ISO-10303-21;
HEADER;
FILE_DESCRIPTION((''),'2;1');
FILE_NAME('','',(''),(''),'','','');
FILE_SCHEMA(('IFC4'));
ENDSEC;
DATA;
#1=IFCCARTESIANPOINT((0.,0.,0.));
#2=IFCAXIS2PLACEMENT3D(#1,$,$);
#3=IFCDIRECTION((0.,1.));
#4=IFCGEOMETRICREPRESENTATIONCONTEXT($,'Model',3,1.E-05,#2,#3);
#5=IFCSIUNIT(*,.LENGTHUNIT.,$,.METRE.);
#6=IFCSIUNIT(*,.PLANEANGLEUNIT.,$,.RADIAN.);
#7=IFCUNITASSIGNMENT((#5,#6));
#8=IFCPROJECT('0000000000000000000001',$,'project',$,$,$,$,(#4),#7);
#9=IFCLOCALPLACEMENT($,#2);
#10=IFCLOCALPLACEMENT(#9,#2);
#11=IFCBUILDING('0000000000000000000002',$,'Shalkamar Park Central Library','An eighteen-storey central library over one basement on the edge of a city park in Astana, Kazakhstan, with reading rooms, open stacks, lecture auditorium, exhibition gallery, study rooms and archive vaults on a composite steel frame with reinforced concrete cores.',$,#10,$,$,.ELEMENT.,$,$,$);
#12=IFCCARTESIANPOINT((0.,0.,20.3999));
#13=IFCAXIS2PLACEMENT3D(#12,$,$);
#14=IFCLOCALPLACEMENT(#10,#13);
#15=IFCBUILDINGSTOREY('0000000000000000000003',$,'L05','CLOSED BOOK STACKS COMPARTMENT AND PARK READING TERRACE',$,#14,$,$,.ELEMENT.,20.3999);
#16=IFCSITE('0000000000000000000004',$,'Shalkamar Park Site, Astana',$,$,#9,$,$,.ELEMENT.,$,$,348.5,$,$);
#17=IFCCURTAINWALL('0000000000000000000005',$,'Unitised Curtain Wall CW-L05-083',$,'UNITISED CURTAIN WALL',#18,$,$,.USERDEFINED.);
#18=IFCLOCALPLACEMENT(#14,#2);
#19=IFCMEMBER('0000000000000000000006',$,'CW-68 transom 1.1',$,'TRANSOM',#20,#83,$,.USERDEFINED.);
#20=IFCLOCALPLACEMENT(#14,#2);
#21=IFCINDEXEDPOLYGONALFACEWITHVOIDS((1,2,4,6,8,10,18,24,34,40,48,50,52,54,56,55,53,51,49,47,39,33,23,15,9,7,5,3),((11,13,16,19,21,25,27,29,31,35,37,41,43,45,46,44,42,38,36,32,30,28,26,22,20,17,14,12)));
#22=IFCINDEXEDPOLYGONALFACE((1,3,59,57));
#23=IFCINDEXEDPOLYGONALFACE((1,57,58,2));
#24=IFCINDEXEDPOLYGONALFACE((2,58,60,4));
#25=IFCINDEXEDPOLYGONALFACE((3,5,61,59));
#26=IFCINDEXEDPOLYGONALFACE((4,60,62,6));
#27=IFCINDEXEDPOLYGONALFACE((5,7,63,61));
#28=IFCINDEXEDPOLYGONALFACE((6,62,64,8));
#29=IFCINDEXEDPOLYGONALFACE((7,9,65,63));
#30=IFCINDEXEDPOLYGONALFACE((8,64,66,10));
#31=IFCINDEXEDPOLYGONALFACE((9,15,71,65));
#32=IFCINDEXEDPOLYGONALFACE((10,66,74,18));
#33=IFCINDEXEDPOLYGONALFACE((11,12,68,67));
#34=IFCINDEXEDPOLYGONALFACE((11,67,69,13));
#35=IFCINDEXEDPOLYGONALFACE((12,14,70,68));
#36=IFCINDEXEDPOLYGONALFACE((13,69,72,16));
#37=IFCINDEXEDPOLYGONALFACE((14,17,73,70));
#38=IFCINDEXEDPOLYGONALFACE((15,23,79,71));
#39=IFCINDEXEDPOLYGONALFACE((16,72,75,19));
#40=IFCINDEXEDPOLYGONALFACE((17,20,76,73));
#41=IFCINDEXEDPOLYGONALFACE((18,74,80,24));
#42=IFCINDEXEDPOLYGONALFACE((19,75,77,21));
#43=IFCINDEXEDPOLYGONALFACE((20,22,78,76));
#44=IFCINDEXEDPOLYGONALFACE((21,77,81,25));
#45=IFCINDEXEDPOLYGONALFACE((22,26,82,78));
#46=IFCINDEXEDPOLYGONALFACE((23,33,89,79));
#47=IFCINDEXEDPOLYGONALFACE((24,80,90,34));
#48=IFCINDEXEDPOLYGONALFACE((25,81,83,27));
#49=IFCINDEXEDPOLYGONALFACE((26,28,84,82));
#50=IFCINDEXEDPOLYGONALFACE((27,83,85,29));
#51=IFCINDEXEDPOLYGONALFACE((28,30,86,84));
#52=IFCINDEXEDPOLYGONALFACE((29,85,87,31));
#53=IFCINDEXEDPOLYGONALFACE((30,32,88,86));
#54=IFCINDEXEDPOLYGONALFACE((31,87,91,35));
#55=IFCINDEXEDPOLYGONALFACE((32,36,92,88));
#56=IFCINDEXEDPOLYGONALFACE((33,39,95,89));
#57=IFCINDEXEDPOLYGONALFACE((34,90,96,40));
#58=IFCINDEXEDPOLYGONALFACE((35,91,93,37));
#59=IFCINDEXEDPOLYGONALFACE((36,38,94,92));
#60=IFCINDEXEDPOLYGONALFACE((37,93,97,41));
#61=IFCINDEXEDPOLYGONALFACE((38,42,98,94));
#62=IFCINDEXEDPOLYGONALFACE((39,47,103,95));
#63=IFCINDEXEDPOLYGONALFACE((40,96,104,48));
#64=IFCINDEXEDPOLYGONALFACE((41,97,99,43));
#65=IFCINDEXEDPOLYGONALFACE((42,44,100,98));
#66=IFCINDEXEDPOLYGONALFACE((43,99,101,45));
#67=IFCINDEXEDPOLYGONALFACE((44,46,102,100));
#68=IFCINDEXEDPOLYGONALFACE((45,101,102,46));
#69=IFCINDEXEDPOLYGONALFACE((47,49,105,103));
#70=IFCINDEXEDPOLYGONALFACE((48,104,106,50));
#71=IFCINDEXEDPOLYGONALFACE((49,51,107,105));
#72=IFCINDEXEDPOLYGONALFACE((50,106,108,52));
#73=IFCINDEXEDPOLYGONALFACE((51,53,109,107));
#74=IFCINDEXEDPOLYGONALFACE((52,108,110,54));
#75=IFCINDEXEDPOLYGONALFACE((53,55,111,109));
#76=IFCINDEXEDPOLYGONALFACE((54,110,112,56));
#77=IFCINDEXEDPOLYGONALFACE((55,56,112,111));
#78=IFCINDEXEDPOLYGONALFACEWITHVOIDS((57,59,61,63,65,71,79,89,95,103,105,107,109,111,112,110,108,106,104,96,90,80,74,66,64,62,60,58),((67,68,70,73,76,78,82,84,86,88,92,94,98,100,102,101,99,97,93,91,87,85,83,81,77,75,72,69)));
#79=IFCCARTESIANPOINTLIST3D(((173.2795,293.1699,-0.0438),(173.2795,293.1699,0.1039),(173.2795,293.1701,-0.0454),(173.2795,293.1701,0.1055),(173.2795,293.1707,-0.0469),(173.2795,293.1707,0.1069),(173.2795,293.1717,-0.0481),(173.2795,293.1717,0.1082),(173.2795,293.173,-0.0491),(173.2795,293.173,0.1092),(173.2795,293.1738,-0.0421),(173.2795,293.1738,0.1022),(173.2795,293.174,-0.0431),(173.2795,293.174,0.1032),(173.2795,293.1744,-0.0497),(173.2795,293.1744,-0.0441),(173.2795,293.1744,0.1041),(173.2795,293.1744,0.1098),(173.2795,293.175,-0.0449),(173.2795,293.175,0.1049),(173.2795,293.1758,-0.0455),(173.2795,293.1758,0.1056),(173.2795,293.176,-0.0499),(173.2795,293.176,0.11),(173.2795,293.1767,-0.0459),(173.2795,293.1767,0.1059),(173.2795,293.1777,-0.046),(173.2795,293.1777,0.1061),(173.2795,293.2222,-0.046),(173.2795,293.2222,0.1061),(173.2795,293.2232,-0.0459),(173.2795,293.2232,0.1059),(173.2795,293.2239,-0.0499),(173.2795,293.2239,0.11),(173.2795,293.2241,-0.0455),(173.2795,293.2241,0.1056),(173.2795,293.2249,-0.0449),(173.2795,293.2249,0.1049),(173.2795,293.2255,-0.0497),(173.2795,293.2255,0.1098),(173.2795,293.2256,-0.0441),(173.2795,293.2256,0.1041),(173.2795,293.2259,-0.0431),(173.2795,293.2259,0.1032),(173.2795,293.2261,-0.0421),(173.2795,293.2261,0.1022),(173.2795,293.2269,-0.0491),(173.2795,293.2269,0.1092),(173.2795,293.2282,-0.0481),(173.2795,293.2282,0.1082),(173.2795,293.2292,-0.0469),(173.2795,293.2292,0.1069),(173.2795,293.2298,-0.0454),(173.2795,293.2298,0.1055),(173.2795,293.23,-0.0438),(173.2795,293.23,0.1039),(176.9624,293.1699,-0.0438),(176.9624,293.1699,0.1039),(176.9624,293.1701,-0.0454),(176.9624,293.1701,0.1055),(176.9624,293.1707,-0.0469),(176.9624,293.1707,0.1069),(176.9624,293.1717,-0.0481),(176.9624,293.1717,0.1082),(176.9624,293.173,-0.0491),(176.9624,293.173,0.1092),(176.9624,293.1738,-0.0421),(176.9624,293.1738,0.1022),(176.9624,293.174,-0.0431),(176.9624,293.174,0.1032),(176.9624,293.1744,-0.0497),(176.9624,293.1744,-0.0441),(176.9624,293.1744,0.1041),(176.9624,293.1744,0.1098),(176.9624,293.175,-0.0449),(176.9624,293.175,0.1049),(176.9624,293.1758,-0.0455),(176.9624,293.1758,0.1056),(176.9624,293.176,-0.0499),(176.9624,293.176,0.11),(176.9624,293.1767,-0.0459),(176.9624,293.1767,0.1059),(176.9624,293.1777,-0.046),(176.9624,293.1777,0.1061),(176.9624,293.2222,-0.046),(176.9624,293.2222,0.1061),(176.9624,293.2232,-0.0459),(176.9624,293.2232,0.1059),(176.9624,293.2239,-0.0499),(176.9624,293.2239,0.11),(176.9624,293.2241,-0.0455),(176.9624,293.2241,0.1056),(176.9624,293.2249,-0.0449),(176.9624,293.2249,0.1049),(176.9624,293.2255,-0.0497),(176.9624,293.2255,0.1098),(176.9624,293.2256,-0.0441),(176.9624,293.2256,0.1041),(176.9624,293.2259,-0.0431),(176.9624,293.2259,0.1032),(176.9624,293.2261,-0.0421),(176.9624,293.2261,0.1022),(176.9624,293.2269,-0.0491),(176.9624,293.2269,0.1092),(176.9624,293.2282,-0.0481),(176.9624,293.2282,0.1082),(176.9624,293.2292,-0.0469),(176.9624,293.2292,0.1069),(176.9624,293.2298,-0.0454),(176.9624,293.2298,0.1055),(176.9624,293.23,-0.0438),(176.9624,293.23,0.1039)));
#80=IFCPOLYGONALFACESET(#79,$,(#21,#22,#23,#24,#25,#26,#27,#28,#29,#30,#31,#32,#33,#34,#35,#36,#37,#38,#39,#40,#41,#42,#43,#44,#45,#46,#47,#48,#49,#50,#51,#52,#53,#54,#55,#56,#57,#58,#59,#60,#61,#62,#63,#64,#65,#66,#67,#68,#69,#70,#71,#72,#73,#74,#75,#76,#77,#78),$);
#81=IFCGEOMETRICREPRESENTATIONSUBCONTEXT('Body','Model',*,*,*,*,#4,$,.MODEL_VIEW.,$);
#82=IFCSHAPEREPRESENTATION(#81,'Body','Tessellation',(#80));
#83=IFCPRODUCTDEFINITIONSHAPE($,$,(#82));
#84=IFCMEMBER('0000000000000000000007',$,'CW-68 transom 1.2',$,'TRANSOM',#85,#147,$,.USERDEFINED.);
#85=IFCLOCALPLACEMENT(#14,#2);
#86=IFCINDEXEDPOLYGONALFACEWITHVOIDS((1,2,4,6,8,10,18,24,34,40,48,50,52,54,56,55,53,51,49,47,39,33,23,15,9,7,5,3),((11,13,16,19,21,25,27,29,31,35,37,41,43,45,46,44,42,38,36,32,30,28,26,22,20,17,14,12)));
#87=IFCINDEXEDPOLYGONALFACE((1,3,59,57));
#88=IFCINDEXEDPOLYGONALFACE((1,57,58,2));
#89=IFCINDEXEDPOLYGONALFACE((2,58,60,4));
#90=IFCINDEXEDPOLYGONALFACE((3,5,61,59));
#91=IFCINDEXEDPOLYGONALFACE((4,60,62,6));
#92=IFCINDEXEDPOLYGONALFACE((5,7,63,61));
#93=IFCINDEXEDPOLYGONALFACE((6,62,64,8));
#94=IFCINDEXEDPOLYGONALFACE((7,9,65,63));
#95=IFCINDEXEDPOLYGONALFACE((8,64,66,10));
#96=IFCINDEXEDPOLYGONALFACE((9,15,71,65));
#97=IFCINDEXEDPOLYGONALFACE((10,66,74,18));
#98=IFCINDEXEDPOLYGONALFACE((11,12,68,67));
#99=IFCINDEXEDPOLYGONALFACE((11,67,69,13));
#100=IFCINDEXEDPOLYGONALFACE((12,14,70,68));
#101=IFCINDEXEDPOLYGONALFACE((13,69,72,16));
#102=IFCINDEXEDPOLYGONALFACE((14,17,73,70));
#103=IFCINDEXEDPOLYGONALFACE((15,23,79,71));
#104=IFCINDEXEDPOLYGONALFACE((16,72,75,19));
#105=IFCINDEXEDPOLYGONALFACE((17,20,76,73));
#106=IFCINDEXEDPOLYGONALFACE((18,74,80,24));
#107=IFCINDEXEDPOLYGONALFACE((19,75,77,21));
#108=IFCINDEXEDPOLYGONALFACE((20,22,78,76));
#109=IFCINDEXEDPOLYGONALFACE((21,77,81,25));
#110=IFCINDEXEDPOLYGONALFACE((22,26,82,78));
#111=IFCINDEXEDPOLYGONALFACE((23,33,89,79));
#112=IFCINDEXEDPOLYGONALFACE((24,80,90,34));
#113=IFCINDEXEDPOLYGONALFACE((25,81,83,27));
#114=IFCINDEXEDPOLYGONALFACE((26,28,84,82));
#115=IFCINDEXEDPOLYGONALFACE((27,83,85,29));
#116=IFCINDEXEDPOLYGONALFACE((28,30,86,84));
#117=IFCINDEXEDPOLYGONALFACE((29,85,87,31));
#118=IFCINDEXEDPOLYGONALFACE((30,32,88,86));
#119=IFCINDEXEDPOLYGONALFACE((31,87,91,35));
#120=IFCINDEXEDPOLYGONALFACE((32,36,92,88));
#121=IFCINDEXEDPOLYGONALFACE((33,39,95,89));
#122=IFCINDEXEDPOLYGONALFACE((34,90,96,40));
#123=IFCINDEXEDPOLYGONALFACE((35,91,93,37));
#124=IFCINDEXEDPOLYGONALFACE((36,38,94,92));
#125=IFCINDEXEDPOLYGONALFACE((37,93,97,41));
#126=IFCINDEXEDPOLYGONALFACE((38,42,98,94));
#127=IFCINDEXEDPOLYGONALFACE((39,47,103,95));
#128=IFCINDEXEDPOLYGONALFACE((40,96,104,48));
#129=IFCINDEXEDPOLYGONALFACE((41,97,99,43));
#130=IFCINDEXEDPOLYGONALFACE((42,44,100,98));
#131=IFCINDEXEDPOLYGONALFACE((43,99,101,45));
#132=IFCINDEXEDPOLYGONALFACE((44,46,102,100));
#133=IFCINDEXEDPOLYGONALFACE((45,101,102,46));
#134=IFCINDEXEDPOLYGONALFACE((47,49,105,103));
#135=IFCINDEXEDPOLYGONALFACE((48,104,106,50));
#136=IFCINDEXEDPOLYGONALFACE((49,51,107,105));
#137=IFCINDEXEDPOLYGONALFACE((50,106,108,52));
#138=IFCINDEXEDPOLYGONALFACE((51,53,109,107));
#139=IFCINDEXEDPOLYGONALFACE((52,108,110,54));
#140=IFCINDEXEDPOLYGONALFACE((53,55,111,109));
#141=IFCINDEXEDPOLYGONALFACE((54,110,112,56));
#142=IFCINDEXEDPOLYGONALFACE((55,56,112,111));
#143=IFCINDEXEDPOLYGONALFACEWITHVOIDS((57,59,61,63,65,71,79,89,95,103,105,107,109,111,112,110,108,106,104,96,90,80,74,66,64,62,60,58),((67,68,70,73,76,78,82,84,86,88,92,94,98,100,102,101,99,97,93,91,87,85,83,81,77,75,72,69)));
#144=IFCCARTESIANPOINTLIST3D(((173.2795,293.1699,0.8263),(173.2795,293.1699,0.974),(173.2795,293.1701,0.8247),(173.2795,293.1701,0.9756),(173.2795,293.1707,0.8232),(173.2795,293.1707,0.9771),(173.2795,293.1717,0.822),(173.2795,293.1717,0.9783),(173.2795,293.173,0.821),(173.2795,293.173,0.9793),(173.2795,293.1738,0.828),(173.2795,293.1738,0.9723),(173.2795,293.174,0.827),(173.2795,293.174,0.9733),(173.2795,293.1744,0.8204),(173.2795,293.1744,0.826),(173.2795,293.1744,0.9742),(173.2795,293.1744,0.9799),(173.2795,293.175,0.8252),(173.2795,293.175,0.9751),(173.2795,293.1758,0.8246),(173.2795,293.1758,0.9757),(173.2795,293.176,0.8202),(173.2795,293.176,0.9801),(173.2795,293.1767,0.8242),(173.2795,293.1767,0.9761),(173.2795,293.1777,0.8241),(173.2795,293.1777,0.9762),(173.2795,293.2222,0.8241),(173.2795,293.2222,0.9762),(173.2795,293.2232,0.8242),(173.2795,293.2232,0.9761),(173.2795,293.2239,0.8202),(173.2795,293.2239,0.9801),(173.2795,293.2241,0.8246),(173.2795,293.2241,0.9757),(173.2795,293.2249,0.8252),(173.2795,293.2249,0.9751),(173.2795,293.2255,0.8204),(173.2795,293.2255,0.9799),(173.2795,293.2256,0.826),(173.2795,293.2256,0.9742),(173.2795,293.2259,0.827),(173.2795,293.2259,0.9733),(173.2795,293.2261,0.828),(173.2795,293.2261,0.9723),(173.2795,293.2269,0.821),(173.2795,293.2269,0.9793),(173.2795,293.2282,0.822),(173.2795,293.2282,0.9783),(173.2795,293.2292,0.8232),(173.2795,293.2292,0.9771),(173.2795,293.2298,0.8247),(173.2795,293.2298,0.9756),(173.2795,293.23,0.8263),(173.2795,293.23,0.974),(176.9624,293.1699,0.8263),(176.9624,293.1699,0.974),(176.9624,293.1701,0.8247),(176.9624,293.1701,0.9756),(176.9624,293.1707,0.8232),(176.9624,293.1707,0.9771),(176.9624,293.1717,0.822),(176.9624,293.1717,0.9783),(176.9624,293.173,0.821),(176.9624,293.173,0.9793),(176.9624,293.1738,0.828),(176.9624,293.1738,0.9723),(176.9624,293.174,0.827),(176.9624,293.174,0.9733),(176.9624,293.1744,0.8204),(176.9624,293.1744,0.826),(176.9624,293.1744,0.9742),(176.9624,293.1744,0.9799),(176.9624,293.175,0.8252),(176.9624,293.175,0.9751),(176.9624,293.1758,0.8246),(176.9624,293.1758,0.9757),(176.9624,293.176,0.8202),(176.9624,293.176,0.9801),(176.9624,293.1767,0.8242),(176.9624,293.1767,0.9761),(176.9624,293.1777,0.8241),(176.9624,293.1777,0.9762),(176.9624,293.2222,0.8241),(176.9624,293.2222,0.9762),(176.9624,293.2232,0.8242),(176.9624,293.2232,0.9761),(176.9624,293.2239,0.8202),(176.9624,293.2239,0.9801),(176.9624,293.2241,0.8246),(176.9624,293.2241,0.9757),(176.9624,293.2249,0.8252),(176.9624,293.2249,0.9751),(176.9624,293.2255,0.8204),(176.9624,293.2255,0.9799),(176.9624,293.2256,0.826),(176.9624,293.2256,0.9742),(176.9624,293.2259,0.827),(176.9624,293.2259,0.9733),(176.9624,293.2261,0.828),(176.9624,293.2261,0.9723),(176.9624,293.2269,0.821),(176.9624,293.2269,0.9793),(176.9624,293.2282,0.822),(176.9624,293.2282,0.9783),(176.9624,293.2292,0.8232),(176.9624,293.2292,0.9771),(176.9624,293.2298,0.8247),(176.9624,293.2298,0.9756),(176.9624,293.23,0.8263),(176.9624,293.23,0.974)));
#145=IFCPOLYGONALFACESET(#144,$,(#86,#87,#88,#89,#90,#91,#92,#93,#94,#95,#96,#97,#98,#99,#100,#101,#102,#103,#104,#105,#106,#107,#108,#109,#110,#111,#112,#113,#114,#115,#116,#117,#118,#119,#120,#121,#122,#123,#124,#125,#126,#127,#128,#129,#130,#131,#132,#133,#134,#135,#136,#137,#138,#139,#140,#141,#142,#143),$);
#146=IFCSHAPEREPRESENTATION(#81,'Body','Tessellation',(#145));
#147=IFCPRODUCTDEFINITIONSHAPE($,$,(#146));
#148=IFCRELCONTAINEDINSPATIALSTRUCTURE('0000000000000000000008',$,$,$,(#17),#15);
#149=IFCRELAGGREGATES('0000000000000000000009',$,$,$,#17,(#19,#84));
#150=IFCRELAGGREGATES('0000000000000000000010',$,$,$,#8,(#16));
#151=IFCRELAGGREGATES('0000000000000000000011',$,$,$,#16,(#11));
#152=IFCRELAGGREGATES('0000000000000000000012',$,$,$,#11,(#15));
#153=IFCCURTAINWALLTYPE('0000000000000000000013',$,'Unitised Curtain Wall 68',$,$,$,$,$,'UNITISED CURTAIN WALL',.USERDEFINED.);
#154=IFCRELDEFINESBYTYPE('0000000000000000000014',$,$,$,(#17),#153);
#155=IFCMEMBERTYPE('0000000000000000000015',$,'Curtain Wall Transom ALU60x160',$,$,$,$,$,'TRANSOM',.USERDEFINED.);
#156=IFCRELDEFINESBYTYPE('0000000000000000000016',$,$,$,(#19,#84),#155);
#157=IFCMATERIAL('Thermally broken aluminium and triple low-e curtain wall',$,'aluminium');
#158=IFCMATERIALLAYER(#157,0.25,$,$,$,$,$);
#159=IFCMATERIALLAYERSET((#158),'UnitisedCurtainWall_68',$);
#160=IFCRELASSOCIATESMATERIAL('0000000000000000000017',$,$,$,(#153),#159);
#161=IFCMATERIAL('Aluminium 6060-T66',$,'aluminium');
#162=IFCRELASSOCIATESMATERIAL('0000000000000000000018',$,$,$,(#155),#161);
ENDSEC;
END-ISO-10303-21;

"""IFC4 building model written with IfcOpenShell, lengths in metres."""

from ifc_helpers import new_model, si_unit, direction, frame, origin, origin_2d, place, context, subcontext, project, spatial, hollow_rectangle, extrude, material, layer, layer_set, material_profile, profile_set, type_object, element, aggregate, save


model = new_model("IFC4")

# Units and contexts
model_context = context("Model", 3, precision=1e-05, world=origin(), true_north=direction((0.0, 1.0)))
body_context = subcontext(model_context, "Body", "Model", "MODEL_VIEW")
ifc_project = project(units=[si_unit("LENGTHUNIT", "METRE"), si_unit("PLANEANGLEUNIT", "RADIAN")], contexts=[model_context])

# Site, building, storey
site_placement = place(None, origin())
site = spatial("IfcSite", under=ifc_project, at=site_placement, Name="Shalkamar Park Site, Astana", CompositionType="ELEMENT", RefElevation=348.5)
building_placement = place(site_placement, origin())
building = spatial("IfcBuilding", under=site, at=building_placement, Name="Shalkamar Park Central Library", Description="An eighteen-storey central library over one basement on the edge of a city park in Astana, Kazakhstan, with reading rooms, open stacks, lecture auditorium, exhibition gallery, study rooms and archive vaults on a composite steel frame with reinforced concrete cores.", CompositionType="ELEMENT")
storey_placement = place(building_placement, frame((0.0, 0.0, 20.3999)))
storey = spatial("IfcBuildingStorey", under=building, at=storey_placement, Name="L05", Description="CLOSED BOOK STACKS COMPARTMENT AND PARK READING TERRACE", CompositionType="ELEMENT", Elevation=20.3999)

# Curtain wall
ifc_material_1 = material(Name="Thermally broken aluminium and triple low-e curtain wall", Category="aluminium")
ifc_layer_1 = layer(ifc_material_1, 0.25)
ifc_layer_set_1 = layer_set([ifc_layer_1], Name="UnitisedCurtainWall_68")
curtain_wall_type_1 = type_object("IfcCurtainWallType", Name="Unitised Curtain Wall 68", ElementType="UNITISED CURTAIN WALL", PredefinedType="USERDEFINED", material=ifc_layer_set_1)
curtain_wall_1_placement = place(storey_placement, origin())
curtain_wall_1 = element("IfcCurtainWall", 1, at=curtain_wall_1_placement, inside=storey, type_object=curtain_wall_type_1, Name="Unitised Curtain Wall CW-L05-083", ObjectType="UNITISED CURTAIN WALL", PredefinedType="USERDEFINED")
ifc_material_2 = material(Name="Aluminium 6060-T66", Category="aluminium")

# Members
ifc_material_profile_1 = material_profile(ifc_material_2, hollow_rectangle(XDim=0.0601, YDim=0.1599, WallThickness=0.0039, InnerFilletRadius=0.0039, OuterFilletRadius=0.0061, at=origin_2d()), Name="ALU 60x160x4")
ifc_profile_set_1 = profile_set([ifc_material_profile_1], Name="Aluminium 6060-T66")
member_type_1 = type_object("IfcMemberType", Name="Curtain Wall Transom ALU60x160", ElementType="TRANSOM", PredefinedType="USERDEFINED", material=ifc_profile_set_1)
member_1_placement = place(storey_placement, frame((173.2795, 293.2, 0.03), z_axis=(1.0, 0.0, 0.0), x_axis=(0.0, 1.0, 0.0)))
member_1 = element("IfcMember", 2, at=member_1_placement, type_object=member_type_1, Name="CW-68 transom 1.1", ObjectType="TRANSOM", PredefinedType="USERDEFINED", context=body_context, shape_type="SweptSolid", body=[
    extrude(hollow_rectangle(XDim=0.0601, YDim=0.1599, WallThickness=0.0039, InnerFilletRadius=0.0039, OuterFilletRadius=0.0061, at=origin_2d()), origin(), (0.0, 0.0, 1.0), 3.6829),
])
member_2_placement = place(storey_placement, frame((173.2795, 293.2, 0.9001), z_axis=(1.0, 0.0, 0.0), x_axis=(0.0, 1.0, 0.0)))
member_2 = element("IfcMember", 3, at=member_2_placement, type_object=member_type_1, Name="CW-68 transom 1.2", ObjectType="TRANSOM", PredefinedType="USERDEFINED", context=body_context, shape_type="SweptSolid", body=[
    extrude(hollow_rectangle(XDim=0.0601, YDim=0.1599, WallThickness=0.0039, InnerFilletRadius=0.0039, OuterFilletRadius=0.0061, at=origin_2d()), origin(), (0.0, 0.0, 1.0), 3.6829),
])

aggregate(curtain_wall_1, [member_1, member_2])

save(model, "model.ifc")
